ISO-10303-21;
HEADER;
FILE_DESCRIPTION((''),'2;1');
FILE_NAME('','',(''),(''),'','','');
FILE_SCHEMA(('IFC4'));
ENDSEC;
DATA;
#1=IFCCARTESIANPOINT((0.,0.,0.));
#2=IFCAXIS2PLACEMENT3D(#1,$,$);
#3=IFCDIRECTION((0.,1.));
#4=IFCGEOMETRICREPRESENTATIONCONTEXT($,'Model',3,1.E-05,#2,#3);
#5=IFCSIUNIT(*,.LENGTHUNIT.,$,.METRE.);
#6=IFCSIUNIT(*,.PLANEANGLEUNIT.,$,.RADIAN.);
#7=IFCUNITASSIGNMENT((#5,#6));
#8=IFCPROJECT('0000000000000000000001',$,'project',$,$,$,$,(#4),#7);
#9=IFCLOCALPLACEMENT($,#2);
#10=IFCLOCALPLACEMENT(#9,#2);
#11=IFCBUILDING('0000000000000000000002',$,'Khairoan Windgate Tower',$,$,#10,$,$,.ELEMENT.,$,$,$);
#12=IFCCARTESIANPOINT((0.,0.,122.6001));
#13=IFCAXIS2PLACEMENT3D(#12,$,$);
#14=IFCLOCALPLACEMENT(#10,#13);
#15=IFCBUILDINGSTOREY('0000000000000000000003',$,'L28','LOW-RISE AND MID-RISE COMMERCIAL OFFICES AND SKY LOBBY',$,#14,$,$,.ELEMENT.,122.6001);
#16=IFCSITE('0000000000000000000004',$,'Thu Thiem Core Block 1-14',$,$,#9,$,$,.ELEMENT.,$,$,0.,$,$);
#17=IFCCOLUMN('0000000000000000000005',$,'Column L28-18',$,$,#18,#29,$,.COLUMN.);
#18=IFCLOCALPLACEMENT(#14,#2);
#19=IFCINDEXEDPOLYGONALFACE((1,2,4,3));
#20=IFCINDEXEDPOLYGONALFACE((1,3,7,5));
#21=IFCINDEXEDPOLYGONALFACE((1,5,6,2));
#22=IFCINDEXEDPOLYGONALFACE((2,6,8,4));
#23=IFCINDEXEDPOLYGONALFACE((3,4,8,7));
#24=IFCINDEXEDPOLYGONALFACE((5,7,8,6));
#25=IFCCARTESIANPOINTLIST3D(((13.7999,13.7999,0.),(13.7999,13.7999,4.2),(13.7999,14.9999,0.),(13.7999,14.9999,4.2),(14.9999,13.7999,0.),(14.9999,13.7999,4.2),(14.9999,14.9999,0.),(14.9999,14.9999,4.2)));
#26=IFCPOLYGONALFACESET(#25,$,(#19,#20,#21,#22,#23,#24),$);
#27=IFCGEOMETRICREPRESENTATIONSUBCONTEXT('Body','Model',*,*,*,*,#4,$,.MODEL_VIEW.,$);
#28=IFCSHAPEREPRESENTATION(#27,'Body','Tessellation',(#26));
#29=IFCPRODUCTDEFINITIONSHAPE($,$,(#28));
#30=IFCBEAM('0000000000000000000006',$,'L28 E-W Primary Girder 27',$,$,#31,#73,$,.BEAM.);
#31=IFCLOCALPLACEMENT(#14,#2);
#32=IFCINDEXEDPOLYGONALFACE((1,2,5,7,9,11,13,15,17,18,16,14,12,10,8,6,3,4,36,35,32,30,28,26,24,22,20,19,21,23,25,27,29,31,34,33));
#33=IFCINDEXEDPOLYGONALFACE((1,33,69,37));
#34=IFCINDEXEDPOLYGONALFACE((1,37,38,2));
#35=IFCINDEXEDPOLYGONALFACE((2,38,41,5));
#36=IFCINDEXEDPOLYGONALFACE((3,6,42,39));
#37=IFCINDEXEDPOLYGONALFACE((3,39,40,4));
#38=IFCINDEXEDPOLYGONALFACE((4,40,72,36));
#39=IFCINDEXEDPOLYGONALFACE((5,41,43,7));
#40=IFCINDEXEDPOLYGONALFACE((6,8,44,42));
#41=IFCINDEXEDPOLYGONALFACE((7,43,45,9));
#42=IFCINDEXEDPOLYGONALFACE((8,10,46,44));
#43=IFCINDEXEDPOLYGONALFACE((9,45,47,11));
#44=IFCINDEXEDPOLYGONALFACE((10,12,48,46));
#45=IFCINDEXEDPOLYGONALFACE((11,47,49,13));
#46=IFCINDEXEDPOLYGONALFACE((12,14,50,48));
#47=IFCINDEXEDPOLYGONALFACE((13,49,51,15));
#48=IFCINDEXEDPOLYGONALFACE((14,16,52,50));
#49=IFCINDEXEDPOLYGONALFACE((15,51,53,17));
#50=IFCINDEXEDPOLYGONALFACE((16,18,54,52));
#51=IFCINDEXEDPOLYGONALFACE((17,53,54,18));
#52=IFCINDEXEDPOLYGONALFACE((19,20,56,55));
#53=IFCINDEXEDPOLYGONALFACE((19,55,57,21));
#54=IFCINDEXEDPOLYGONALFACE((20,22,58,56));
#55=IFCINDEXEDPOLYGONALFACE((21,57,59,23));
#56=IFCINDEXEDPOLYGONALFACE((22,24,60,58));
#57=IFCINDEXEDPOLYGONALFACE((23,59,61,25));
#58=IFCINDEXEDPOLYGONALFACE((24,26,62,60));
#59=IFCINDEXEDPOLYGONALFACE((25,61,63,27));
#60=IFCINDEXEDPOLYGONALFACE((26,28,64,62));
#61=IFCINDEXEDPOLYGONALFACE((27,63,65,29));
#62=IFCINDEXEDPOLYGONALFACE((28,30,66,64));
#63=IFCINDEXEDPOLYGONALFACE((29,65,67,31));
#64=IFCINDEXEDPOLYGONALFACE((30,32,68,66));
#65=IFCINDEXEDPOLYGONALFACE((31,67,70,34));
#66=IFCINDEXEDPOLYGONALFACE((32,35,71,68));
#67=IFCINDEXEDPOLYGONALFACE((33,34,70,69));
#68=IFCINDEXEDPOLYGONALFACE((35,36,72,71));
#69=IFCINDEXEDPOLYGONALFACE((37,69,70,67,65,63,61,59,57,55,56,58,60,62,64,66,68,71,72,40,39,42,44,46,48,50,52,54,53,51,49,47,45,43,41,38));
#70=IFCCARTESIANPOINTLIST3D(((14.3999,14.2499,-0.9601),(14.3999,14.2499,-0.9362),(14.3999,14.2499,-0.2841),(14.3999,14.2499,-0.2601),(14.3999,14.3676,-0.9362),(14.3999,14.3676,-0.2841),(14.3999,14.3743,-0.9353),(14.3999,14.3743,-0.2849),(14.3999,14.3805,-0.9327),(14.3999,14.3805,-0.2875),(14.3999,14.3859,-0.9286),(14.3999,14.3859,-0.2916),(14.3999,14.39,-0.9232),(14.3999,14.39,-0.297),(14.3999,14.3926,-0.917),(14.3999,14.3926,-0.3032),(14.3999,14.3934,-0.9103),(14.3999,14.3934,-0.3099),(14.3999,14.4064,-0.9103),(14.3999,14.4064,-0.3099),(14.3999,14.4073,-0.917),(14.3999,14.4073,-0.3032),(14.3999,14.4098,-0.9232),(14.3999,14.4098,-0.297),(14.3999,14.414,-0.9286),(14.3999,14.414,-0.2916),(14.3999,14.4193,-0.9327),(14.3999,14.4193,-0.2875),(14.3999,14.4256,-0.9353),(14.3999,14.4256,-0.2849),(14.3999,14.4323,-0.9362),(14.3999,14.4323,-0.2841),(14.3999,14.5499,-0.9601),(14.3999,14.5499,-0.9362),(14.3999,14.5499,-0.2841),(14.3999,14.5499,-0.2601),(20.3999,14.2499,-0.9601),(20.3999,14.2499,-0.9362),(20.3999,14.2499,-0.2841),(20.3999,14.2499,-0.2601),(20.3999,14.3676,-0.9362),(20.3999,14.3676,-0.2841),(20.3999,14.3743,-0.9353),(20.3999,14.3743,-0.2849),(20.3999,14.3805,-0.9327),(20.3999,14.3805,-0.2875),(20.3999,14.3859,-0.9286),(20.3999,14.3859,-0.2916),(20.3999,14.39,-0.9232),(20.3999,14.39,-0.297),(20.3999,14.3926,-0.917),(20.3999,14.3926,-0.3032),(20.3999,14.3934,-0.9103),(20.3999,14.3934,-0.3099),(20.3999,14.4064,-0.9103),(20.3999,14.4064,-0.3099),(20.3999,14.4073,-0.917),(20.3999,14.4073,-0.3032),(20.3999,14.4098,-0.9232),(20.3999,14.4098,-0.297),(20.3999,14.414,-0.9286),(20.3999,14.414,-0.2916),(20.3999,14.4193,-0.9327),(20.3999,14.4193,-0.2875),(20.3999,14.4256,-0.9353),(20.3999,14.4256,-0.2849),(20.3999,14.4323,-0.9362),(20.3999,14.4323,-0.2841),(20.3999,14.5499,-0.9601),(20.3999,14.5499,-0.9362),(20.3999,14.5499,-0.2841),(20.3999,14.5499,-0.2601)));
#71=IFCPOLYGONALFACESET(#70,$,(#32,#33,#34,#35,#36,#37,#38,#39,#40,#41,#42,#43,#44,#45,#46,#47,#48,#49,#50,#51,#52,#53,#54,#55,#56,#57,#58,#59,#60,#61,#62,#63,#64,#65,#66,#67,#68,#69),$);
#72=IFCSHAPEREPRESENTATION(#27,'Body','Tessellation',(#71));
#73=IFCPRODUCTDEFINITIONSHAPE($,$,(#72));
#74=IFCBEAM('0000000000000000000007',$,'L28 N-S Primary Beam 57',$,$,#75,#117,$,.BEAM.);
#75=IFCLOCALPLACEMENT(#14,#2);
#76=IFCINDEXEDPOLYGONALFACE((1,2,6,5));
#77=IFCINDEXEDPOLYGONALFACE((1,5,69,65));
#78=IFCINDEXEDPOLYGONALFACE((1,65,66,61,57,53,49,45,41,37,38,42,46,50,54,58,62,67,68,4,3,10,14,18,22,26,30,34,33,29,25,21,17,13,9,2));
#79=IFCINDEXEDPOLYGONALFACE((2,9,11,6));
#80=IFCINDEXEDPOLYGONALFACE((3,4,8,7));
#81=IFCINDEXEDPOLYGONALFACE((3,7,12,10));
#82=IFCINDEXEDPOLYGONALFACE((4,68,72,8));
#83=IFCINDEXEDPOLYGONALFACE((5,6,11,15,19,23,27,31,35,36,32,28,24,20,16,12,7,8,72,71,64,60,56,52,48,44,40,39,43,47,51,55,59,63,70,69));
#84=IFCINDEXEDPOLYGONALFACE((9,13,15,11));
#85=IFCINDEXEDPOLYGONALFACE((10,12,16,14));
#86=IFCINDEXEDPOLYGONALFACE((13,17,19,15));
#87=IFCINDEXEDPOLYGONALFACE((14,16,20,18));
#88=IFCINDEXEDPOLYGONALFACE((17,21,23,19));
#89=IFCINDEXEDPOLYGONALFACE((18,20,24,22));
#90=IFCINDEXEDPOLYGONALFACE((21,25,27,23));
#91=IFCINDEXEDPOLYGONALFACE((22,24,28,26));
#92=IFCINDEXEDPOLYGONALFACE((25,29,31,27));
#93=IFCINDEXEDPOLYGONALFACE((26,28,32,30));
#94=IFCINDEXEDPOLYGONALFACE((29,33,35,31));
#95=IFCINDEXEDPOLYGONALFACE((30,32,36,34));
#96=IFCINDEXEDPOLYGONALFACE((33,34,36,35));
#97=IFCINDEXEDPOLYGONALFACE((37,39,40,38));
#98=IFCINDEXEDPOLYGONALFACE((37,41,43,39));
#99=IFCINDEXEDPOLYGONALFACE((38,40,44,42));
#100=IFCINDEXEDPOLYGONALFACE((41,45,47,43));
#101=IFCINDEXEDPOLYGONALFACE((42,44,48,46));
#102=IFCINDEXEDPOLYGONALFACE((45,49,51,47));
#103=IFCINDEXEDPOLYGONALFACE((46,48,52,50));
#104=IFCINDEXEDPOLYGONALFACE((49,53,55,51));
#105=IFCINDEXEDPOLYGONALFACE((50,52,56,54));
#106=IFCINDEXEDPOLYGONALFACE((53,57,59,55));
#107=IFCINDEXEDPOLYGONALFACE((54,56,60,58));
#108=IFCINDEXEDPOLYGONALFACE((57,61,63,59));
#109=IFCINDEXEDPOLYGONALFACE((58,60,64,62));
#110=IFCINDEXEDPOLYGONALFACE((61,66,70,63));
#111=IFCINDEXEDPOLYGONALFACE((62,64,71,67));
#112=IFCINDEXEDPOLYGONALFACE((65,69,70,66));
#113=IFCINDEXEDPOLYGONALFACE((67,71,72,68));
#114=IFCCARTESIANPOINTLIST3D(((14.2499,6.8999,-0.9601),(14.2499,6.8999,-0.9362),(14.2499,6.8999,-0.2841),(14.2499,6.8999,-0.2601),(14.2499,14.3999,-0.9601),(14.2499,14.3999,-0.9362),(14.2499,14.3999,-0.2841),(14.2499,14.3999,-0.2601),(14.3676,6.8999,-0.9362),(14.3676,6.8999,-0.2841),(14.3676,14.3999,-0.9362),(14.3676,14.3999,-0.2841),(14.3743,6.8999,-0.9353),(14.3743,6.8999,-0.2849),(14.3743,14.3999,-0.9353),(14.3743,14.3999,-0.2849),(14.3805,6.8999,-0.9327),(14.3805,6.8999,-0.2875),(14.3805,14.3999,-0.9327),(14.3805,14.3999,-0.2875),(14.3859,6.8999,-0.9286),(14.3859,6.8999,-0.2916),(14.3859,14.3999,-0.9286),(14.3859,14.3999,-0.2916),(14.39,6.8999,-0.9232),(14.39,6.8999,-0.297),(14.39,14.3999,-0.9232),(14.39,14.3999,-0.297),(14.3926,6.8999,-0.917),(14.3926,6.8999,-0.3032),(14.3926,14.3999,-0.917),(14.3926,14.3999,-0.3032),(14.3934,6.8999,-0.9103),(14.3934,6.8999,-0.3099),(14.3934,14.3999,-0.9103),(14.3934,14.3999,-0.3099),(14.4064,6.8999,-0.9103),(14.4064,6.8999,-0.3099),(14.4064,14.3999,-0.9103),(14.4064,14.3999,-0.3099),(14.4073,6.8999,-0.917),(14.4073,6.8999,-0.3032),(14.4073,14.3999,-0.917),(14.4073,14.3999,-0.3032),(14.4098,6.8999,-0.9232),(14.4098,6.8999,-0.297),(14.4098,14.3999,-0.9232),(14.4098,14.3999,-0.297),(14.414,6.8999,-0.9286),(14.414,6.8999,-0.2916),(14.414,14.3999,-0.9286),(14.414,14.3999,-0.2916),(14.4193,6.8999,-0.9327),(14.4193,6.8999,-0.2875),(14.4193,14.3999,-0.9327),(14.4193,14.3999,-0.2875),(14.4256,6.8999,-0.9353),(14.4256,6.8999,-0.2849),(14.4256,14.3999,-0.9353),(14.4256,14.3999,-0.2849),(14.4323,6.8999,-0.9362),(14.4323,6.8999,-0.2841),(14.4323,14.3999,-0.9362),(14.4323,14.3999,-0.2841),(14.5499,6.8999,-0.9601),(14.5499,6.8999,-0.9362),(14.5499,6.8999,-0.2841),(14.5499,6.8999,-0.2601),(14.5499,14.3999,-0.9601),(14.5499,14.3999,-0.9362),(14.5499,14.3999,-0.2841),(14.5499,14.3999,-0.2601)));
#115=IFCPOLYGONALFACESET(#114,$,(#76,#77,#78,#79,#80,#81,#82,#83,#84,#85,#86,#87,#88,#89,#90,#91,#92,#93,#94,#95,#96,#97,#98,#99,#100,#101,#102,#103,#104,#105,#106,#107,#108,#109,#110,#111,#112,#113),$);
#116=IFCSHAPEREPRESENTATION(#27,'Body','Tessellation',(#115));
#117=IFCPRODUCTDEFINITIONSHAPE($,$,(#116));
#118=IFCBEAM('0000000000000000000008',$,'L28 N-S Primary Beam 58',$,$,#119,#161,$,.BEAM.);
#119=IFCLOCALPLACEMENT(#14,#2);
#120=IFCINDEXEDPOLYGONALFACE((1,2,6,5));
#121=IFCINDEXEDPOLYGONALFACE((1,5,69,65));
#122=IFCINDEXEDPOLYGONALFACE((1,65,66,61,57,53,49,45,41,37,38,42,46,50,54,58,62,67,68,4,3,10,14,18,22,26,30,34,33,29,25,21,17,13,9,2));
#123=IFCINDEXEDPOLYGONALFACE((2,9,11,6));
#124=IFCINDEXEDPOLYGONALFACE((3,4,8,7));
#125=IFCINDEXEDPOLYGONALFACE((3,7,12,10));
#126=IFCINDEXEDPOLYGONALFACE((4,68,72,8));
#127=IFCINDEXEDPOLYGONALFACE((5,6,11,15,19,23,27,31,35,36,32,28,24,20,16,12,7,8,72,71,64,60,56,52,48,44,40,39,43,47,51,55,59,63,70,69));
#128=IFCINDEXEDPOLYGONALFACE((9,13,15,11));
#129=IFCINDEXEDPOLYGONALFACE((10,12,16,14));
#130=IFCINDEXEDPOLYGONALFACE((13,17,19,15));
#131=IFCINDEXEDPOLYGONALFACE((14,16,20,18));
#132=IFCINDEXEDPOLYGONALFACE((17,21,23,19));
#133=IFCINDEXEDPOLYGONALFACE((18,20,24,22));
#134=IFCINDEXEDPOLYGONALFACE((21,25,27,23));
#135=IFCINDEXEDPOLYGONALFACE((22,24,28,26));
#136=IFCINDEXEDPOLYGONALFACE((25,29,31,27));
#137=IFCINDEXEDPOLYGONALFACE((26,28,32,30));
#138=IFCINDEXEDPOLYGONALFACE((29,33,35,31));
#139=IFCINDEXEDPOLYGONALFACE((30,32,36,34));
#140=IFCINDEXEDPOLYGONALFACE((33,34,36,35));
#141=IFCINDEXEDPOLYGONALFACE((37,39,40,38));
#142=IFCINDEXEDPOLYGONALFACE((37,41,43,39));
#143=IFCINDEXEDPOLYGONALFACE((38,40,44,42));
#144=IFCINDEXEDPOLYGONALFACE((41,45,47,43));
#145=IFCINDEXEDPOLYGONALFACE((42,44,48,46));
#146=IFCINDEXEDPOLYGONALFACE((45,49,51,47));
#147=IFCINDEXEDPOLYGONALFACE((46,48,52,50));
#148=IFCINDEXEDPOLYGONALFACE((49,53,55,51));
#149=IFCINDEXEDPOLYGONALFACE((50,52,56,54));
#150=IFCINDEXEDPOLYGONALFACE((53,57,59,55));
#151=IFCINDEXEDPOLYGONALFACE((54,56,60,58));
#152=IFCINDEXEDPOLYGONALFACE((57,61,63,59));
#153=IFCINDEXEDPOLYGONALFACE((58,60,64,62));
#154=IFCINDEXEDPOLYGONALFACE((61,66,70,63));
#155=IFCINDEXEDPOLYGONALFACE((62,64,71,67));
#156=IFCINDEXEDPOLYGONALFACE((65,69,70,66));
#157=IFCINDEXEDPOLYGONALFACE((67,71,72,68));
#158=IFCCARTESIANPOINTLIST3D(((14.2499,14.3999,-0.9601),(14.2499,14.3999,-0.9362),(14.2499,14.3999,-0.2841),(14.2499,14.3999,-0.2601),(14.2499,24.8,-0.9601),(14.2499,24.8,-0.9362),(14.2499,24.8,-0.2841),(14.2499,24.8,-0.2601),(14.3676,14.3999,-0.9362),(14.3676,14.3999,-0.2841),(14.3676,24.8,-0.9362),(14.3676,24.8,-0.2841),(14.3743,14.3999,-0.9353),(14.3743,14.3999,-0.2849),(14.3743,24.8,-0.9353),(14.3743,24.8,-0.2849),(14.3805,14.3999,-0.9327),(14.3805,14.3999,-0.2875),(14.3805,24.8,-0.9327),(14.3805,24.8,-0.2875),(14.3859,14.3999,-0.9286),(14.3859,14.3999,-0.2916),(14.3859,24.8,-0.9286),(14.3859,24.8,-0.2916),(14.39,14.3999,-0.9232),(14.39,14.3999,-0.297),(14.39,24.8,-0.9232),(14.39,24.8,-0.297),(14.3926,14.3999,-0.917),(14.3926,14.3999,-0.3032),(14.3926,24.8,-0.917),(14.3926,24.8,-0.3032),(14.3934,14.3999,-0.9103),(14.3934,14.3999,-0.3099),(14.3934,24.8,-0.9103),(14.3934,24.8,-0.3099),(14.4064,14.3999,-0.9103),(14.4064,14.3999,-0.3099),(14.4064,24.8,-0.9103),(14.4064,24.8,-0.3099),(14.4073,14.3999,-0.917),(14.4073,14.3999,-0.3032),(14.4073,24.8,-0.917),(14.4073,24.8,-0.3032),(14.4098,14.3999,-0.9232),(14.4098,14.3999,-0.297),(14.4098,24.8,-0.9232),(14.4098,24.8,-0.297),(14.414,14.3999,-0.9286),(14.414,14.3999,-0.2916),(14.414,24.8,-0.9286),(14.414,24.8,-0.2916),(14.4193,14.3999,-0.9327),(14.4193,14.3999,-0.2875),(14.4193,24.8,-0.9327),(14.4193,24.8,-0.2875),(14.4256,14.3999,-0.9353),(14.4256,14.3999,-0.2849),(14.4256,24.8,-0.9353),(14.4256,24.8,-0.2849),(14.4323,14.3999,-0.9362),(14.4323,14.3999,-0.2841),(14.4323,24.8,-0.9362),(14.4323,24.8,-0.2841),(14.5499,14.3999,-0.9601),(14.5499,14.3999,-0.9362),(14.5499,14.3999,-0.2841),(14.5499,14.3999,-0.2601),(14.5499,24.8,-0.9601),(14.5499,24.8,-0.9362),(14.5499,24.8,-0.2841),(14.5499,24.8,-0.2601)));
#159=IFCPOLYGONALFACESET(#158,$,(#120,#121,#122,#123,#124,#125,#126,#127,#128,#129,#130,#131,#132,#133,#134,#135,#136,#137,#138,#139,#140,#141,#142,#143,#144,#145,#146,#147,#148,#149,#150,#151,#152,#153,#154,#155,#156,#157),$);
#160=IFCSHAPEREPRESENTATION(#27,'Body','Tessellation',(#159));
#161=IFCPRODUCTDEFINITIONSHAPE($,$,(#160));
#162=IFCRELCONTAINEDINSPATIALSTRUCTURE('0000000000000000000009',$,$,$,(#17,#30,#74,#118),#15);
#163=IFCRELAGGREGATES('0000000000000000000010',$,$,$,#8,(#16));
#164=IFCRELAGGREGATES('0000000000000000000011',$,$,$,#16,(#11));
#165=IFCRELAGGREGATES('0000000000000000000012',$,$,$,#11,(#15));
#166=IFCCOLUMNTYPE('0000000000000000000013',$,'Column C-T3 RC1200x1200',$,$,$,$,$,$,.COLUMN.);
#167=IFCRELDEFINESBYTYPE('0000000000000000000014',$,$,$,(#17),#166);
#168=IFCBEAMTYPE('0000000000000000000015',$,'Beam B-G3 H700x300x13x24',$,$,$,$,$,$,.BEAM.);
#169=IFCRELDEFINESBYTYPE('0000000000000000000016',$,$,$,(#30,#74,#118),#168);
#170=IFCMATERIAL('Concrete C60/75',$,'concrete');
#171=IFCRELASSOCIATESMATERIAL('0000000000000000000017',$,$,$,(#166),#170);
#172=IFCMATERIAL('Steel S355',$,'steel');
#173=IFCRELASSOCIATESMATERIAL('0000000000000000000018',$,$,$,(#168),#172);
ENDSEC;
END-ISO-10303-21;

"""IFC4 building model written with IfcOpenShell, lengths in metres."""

from ifc_helpers import new_model, si_unit, direction, frame, origin, origin_2d, place, context, subcontext, project, spatial, rectangle, i_section, extrude, material, material_profile, profile_set, type_object, element, save


model = new_model("IFC4")

# Units and contexts
model_context = context("Model", 3, precision=1e-05, world=origin(), true_north=direction((0.0, 1.0)))
body_context = subcontext(model_context, "Body", "Model", "MODEL_VIEW")
ifc_project = project(units=[si_unit("LENGTHUNIT", "METRE"), si_unit("PLANEANGLEUNIT", "RADIAN")], contexts=[model_context])

# Site, building, storey
site_placement = place(None, origin())
site = spatial("IfcSite", under=ifc_project, at=site_placement, Name="Thu Thiem Core Block 1-14", CompositionType="ELEMENT", RefElevation=0.0)
building_placement = place(site_placement, origin())
building = spatial("IfcBuilding", under=site, at=building_placement, Name="Khairoan Windgate Tower", CompositionType="ELEMENT")
storey_placement = place(building_placement, frame((0.0, 0.0, 122.6001)))
storey = spatial("IfcBuildingStorey", under=building, at=storey_placement, Name="L28", Description="LOW-RISE AND MID-RISE COMMERCIAL OFFICES AND SKY LOBBY", CompositionType="ELEMENT", Elevation=122.6001)

# Column
ifc_material_1 = material(Name="Concrete C60/75", Category="concrete")
ifc_material_profile_1 = material_profile(ifc_material_1, rectangle(XDim=1.2, YDim=1.2, at=origin_2d()))
ifc_profile_set_1 = profile_set([ifc_material_profile_1], Name="Concrete C60/75")
column_type = type_object("IfcColumnType", Name="Column C-T3 RC1200x1200", PredefinedType="COLUMN", material=ifc_profile_set_1)
column_placement = place(storey_placement, frame((14.3999, 14.3999, 0.0), z_axis=(0.0, 0.0, 1.0), x_axis=(1.0, 0.0, 0.0)))
element("IfcColumn", 1, at=column_placement, inside=storey, type_object=column_type, Name="Column L28-18", PredefinedType="COLUMN", context=body_context, shape_type="SweptSolid", body=[
    extrude(rectangle(XDim=1.2, YDim=1.2, at=origin_2d()), origin(), (0.0, 0.0, 1.0), 4.2),
])

# Beams
ifc_material_2 = material(Name="Steel S355", Category="steel")
ifc_material_profile_2 = material_profile(ifc_material_2, i_section(OverallWidth=0.3, OverallDepth=0.7, WebThickness=0.0129, FlangeThickness=0.0239, FilletRadius=0.0259, at=origin_2d()))
ifc_profile_set_2 = profile_set([ifc_material_profile_2], Name="Steel S355")
beam_type_1 = type_object("IfcBeamType", Name="Beam B-G3 H700x300x13x24", PredefinedType="BEAM", material=ifc_profile_set_2)
beam_1_placement = place(storey_placement, frame((14.3999, 14.3999, -0.6101), z_axis=(1.0, 0.0, 0.0), x_axis=(0.0, 1.0, 0.0)))
element("IfcBeam", 2, at=beam_1_placement, inside=storey, type_object=beam_type_1, Name="L28 E-W Primary Girder 27", PredefinedType="BEAM", context=body_context, shape_type="SweptSolid", body=[
    extrude(i_section(OverallWidth=0.3, OverallDepth=0.7, WebThickness=0.0129, FlangeThickness=0.0239, FilletRadius=0.0259, at=origin_2d()), origin(), (0.0, 0.0, 1.0), 6.0),
])
beam_2_placement = place(storey_placement, frame((14.3999, 6.8999, -0.6101), z_axis=(0.0, 1.0, 0.0), x_axis=(-1.0, 0.0, 0.0)))
element("IfcBeam", 3, at=beam_2_placement, inside=storey, type_object=beam_type_1, Name="L28 N-S Primary Beam 57", PredefinedType="BEAM", context=body_context, shape_type="SweptSolid", body=[
    extrude(i_section(OverallWidth=0.3, OverallDepth=0.7, WebThickness=0.0129, FlangeThickness=0.0239, FilletRadius=0.0259, at=origin_2d()), origin(), (0.0, 0.0, 1.0), 7.5),
])
beam_3_placement = place(storey_placement, frame((14.3999, 14.3999, -0.6101), z_axis=(0.0, 1.0, 0.0), x_axis=(-1.0, 0.0, 0.0)))
element("IfcBeam", 4, at=beam_3_placement, inside=storey, type_object=beam_type_1, Name="L28 N-S Primary Beam 58", PredefinedType="BEAM", context=body_context, shape_type="SweptSolid", body=[
    extrude(i_section(OverallWidth=0.3, OverallDepth=0.7, WebThickness=0.0129, FlangeThickness=0.0239, FilletRadius=0.0259, at=origin_2d()), origin(), (0.0, 0.0, 1.0), 10.4001),
])

save(model, "model.ifc")
